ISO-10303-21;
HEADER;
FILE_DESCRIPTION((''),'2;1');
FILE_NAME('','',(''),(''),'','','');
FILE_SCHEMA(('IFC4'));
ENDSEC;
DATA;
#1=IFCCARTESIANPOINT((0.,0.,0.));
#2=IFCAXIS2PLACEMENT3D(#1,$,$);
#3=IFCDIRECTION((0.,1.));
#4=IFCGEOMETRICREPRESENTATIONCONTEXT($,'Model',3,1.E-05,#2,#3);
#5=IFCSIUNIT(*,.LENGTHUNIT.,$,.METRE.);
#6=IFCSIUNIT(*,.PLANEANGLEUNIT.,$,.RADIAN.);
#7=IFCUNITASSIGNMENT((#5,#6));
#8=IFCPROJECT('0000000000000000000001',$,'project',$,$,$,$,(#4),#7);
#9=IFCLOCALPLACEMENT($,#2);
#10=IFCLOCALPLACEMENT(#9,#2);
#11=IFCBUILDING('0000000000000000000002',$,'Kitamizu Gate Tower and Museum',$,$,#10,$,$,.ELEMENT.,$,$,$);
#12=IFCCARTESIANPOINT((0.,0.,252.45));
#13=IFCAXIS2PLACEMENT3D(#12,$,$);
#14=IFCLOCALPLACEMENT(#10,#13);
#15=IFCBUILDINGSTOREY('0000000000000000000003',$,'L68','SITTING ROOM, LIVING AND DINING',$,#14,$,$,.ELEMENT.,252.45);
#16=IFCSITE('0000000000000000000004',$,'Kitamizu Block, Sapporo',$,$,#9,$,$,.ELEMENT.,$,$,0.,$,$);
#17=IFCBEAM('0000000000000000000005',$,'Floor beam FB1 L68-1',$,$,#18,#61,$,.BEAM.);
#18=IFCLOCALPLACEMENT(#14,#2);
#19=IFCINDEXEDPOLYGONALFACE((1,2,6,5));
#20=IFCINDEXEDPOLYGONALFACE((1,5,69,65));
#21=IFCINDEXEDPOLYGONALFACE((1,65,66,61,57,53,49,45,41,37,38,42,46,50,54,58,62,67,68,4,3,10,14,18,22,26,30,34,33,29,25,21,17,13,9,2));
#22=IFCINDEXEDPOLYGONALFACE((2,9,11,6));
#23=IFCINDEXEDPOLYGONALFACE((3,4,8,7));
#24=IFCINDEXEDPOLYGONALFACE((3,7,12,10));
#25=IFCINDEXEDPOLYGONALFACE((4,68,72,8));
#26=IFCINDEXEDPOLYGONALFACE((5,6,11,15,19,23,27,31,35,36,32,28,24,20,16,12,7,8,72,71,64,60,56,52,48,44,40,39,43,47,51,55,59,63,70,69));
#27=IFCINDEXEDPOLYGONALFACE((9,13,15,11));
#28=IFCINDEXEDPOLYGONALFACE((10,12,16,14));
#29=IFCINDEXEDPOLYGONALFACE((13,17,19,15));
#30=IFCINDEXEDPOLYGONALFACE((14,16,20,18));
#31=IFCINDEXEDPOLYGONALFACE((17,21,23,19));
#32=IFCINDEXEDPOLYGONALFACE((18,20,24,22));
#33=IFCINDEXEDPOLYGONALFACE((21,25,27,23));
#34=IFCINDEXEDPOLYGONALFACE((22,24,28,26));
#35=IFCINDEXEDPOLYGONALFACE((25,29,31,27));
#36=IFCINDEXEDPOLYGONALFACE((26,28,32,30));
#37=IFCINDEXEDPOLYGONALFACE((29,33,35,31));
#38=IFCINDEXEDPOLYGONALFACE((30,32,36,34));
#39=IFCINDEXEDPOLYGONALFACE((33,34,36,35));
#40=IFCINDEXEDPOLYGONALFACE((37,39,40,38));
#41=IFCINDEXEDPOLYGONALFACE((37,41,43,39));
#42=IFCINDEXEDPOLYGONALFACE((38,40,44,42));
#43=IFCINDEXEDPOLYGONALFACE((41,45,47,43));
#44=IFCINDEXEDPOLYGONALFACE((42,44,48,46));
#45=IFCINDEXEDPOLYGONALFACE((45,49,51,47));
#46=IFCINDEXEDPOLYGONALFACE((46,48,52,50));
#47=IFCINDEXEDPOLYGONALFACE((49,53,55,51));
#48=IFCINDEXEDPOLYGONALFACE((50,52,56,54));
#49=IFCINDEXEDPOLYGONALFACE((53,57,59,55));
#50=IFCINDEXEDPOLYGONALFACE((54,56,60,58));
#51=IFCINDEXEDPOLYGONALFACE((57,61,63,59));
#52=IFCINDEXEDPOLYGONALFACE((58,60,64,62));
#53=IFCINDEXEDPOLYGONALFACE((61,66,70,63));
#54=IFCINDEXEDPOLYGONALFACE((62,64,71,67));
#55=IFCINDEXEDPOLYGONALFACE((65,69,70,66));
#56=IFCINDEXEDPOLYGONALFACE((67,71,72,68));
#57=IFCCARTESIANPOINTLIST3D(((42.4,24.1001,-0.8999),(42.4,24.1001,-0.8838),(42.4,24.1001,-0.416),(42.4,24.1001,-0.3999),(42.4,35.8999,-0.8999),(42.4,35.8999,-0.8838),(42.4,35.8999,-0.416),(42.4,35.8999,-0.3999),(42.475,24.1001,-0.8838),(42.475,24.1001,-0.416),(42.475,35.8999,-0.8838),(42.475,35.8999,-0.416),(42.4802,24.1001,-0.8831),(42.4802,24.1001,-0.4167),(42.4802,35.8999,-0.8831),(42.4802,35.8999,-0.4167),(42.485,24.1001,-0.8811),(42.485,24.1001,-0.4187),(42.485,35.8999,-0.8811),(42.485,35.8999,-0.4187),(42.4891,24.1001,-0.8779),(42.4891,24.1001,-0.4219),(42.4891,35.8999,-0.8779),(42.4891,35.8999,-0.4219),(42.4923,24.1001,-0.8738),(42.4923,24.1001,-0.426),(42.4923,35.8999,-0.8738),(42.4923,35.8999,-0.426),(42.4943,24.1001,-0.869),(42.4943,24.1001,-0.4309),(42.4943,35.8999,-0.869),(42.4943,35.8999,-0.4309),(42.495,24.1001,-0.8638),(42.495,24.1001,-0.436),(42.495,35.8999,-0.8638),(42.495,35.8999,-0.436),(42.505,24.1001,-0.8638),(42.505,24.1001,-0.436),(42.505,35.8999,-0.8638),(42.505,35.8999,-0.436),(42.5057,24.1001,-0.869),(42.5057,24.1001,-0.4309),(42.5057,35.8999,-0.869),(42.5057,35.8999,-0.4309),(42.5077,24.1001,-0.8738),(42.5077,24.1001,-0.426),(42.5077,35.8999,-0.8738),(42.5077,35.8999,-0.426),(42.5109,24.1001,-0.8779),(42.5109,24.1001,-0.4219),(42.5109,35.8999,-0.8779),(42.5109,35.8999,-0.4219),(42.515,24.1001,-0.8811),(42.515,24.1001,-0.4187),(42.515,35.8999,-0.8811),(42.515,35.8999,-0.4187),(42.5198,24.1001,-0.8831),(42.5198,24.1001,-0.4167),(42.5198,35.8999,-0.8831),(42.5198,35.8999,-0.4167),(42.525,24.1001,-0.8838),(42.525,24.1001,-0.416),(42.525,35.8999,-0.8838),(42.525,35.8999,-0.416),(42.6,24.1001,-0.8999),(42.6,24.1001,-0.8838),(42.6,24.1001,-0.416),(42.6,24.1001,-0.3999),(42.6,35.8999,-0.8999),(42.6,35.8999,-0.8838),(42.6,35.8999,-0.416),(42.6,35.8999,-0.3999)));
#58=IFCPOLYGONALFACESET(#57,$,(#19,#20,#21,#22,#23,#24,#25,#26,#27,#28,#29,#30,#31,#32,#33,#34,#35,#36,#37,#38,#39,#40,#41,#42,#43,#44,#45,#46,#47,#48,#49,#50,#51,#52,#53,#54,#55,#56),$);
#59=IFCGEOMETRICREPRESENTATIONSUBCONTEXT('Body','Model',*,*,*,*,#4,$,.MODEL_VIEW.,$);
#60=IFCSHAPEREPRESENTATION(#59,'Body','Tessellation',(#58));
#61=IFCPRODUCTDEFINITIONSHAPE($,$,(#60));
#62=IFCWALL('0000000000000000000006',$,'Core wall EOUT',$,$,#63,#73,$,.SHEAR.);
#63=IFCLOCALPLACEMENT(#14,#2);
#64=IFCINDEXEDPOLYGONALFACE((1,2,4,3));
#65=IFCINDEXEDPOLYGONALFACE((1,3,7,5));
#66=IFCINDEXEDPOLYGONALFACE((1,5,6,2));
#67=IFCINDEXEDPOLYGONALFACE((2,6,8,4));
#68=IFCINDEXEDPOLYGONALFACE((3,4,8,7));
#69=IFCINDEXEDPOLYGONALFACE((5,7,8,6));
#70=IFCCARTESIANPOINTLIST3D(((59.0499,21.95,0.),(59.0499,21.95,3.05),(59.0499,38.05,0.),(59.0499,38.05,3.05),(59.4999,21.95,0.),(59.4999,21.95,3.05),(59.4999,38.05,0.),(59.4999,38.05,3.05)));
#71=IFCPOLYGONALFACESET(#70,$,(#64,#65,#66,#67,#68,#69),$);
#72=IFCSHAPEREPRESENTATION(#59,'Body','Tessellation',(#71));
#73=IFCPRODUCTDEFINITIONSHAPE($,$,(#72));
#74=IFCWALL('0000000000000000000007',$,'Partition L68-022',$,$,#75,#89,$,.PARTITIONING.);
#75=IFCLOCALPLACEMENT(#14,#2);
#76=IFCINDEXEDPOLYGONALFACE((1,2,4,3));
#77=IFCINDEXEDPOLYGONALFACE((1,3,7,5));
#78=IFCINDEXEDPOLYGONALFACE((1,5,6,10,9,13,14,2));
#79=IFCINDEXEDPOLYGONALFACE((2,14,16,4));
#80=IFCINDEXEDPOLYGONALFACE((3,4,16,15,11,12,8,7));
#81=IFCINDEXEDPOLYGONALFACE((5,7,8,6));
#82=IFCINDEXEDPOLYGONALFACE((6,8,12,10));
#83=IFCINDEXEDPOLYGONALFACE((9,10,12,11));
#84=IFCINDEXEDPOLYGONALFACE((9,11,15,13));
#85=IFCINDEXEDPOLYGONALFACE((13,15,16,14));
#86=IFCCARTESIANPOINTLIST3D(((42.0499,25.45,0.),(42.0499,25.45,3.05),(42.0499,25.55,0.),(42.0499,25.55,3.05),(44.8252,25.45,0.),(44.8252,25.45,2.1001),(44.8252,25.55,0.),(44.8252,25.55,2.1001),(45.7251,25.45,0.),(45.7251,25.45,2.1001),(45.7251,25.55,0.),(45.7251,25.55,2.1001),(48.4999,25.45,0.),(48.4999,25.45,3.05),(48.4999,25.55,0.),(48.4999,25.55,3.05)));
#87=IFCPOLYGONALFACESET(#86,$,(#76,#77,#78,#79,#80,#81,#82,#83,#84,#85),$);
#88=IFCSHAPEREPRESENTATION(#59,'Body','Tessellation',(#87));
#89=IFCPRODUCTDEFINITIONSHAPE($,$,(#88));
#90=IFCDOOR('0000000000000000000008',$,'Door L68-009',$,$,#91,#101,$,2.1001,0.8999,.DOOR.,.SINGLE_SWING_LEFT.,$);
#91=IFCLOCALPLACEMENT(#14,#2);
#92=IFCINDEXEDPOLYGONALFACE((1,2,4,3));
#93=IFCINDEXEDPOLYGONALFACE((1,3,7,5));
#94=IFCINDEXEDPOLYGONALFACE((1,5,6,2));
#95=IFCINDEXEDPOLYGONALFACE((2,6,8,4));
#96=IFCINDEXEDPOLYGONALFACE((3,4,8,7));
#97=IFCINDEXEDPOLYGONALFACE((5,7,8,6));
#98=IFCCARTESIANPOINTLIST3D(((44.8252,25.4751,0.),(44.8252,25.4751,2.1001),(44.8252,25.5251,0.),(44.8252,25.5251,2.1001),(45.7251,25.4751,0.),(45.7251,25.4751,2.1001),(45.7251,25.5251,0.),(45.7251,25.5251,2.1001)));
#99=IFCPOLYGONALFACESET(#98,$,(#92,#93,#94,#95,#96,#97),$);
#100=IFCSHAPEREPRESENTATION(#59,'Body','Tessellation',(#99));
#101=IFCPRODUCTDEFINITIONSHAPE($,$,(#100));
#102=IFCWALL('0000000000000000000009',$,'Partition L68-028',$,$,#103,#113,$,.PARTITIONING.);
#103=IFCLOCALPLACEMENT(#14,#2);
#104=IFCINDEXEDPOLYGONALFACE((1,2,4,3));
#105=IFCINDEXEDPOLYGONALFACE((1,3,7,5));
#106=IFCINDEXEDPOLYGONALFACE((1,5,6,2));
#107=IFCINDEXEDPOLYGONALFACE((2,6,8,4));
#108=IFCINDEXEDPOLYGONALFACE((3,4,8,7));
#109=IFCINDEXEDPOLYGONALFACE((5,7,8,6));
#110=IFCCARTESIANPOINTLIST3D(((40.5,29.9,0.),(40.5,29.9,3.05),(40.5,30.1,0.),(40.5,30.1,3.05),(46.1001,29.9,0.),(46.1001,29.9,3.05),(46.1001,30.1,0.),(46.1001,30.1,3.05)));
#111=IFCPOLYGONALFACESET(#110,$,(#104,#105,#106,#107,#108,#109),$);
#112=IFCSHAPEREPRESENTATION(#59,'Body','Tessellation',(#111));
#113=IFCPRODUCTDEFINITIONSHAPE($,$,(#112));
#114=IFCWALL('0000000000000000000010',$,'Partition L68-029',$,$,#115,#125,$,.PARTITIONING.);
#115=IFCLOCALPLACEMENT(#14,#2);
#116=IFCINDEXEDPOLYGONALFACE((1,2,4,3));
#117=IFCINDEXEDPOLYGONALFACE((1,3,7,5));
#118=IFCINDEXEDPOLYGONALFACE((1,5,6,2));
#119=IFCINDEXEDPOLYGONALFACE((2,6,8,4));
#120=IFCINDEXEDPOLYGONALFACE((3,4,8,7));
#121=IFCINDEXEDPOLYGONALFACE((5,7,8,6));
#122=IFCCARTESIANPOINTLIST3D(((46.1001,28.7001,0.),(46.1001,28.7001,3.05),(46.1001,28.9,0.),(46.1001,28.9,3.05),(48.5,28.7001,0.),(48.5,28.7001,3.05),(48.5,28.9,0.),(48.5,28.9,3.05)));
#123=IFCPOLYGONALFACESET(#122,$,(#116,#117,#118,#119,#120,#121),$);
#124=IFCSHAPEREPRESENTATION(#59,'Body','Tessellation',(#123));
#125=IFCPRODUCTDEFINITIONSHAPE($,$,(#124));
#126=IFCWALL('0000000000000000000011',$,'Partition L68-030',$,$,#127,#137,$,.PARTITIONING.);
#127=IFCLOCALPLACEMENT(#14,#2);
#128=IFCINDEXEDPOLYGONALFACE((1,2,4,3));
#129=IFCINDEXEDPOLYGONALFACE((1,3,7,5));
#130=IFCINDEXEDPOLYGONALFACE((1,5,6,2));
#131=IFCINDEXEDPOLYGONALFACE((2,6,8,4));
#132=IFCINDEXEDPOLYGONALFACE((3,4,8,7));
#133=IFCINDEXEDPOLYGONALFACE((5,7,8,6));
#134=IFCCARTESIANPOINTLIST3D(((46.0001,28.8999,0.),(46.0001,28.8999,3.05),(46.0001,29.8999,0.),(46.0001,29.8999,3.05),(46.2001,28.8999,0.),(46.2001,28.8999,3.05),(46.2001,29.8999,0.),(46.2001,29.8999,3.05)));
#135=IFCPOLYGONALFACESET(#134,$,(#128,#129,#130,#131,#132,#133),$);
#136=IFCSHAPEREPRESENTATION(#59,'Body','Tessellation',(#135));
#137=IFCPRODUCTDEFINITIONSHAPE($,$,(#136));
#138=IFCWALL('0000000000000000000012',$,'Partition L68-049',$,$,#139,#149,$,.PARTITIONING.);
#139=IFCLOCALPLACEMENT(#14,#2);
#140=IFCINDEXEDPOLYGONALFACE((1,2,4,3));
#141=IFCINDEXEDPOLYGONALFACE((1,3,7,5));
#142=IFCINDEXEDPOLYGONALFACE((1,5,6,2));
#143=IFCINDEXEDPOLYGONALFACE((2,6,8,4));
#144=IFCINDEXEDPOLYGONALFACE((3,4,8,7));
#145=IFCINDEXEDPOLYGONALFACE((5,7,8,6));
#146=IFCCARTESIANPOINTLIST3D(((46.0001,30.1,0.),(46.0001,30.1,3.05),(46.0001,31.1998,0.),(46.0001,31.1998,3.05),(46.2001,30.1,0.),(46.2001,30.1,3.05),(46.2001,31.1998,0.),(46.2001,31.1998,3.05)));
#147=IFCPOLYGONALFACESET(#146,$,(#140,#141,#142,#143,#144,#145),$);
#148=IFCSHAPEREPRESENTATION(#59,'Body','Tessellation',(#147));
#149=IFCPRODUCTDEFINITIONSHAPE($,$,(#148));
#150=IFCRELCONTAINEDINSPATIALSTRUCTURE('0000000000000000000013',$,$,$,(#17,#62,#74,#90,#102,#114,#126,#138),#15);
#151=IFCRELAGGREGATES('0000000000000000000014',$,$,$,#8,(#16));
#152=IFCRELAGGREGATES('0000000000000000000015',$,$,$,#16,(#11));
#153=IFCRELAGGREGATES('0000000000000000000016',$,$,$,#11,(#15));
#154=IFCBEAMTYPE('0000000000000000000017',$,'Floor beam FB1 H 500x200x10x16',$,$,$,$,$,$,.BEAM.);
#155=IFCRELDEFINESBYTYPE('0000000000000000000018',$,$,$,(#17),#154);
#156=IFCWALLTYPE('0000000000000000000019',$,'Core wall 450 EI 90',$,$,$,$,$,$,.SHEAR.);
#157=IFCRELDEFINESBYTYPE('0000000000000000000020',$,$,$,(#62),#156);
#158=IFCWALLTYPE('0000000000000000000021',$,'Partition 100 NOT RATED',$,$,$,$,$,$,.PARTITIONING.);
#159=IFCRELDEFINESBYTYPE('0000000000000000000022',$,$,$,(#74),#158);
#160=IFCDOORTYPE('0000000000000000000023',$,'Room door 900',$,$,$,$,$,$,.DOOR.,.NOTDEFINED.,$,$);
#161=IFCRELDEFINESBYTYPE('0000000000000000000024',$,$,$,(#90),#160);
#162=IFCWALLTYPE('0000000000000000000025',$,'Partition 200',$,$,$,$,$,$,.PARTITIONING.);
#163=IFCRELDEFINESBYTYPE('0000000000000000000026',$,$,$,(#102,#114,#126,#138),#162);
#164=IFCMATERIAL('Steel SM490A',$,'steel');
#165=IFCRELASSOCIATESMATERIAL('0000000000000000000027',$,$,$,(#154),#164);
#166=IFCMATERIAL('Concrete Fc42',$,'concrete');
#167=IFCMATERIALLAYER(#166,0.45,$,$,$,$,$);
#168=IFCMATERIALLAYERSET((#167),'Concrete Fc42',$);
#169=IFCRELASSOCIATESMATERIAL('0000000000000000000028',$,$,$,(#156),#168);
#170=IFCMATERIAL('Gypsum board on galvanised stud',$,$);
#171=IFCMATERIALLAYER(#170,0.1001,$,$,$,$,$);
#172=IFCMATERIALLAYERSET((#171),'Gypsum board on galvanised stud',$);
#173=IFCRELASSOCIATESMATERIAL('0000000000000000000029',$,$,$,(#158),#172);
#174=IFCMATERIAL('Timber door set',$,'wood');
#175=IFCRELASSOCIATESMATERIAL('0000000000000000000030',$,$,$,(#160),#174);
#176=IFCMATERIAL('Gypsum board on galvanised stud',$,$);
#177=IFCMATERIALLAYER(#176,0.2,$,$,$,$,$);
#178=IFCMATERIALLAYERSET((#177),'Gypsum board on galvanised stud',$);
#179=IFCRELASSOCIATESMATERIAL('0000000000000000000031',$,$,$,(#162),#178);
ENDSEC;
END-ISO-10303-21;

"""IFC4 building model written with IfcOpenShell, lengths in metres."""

from ifc_helpers import new_model, si_unit, direction, frame, frame_2d, origin, origin_2d, place, context, subcontext, project, spatial, rectangle, i_section, extrude, material, layer, layer_set, material_profile, profile_set, type_object, element, fill, save


model = new_model("IFC4")

# Units and contexts
model_context = context("Model", 3, precision=1e-05, world=origin(), true_north=direction((0.0, 1.0)))
body_context = subcontext(model_context, "Body", "Model", "MODEL_VIEW")
ifc_project = project(units=[si_unit("LENGTHUNIT", "METRE"), si_unit("PLANEANGLEUNIT", "RADIAN")], contexts=[model_context])

# Site, building, storey
site_placement = place(None, origin())
site = spatial("IfcSite", under=ifc_project, at=site_placement, Name="Kitamizu Block, Sapporo", CompositionType="ELEMENT", RefElevation=0.0)
building_placement = place(site_placement, origin())
building = spatial("IfcBuilding", under=site, at=building_placement, Name="Kitamizu Gate Tower and Museum", CompositionType="ELEMENT")
storey_placement = place(building_placement, frame((0.0, 0.0, 252.45)))
storey = spatial("IfcBuildingStorey", under=building, at=storey_placement, Name="L68", Description="SITTING ROOM, LIVING AND DINING", CompositionType="ELEMENT", Elevation=252.45)

# Beam
ifc_material_1 = material(Name="Steel SM490A", Category="steel")
ifc_material_profile = material_profile(ifc_material_1, i_section(OverallWidth=0.2, OverallDepth=0.5, WebThickness=0.01, FlangeThickness=0.0161, FilletRadius=0.02, at=origin_2d()), Name="H-500x200x10x16")
ifc_profile_set = profile_set([ifc_material_profile], Name="Steel SM490A")
beam_type = type_object("IfcBeamType", Name="Floor beam FB1 H 500x200x10x16", PredefinedType="BEAM", material=ifc_profile_set)
beam_placement = place(storey_placement, frame((42.5, 24.1001, -0.6499), z_axis=(0.0, 1.0, 0.0), x_axis=(-1.0, 0.0, 0.0)))
element("IfcBeam", 1, at=beam_placement, inside=storey, type_object=beam_type, Name="Floor beam FB1 L68-1", PredefinedType="BEAM", context=body_context, shape_type="SweptSolid", body=[
    extrude(i_section(OverallWidth=0.2, OverallDepth=0.5, WebThickness=0.01, FlangeThickness=0.0161, FilletRadius=0.02, at=origin_2d()), origin(), (0.0, 0.0, 1.0), 11.7998),
])

# Wall
ifc_material_2 = material(Name="Concrete Fc42", Category="concrete")
ifc_layer_1 = layer(ifc_material_2, 0.45)
ifc_layer_set_1 = layer_set([ifc_layer_1], Name="Concrete Fc42")
wall_type_1 = type_object("IfcWallType", Name="Core wall 450 EI 90", PredefinedType="SHEAR", material=ifc_layer_set_1)
wall_1_placement = place(storey_placement, frame((59.2749, 21.95, 0.0), z_axis=(0.0, 0.0, 1.0), x_axis=(0.0, 1.0, 0.0)))
element("IfcWall", 2, at=wall_1_placement, inside=storey, type_object=wall_type_1, Name="Core wall EOUT", PredefinedType="SHEAR", context=body_context, shape_type="SweptSolid", body=[
    extrude(rectangle(XDim=16.1001, YDim=0.45, at=frame_2d((8.05, 0.0))), origin(), (0.0, 0.0, 1.0), 3.05),
])

# Wall, opening, door
ifc_material_3 = material(Name="Gypsum board on galvanised stud")
ifc_layer_2 = layer(ifc_material_3, 0.1001)
ifc_layer_set_2 = layer_set([ifc_layer_2], Name="Gypsum board on galvanised stud")
wall_type_2 = type_object("IfcWallType", Name="Partition 100 NOT RATED", PredefinedType="PARTITIONING", material=ifc_layer_set_2)
wall_2_placement = place(storey_placement, frame((48.5, 25.5, 0.0), z_axis=(0.0, 0.0, 1.0), x_axis=(-1.0, 0.0, 0.0)))
wall_2 = element("IfcWall", 3, at=wall_2_placement, inside=storey, type_object=wall_type_2, Name="Partition L68-022", PredefinedType="PARTITIONING", context=body_context, shape_type="SweptSolid", body=[
    extrude(rectangle(XDim=6.45, YDim=0.1001, at=frame_2d((3.2251, 0.0))), origin(), (0.0, 0.0, 1.0), 3.05),
])
opening_1_placement = place(wall_2_placement, frame((2.7749, 0.0, 0.0)))
opening_1 = element("IfcOpeningElement", 4, at=opening_1_placement, cuts=wall_2, PredefinedType="OPENING", context=body_context, shape_type="SweptSolid", body=[
    extrude(rectangle(XDim=0.8999, YDim=2.1001, at=frame_2d((0.45, 1.05))), frame((0.0, 0.0601, 0.0), z_axis=(0.0, -1.0, 0.0), x_axis=(1.0, 0.0, 0.0)), (0.0, 0.0, 1.0), 0.1201),
])
ifc_material_4 = material(Name="Timber door set", Category="wood")
door_type_1 = type_object("IfcDoorType", Name="Room door 900", OperationType="NOTDEFINED", PredefinedType="DOOR", material=ifc_material_4)
door_1_placement = place(opening_1_placement, origin())
door_1 = element("IfcDoor", 5, at=door_1_placement, inside=storey, type_object=door_type_1, Name="Door L68-009", OperationType="SINGLE_SWING_LEFT", OverallHeight=2.1001, OverallWidth=0.8999, PredefinedType="DOOR", context=body_context, shape_type="SweptSolid", body=[
    extrude(rectangle(XDim=0.8999, YDim=2.1001, at=frame_2d((0.45, 1.05))), frame((0.0, 0.0249, 0.0), z_axis=(0.0, -1.0, 0.0), x_axis=(1.0, 0.0, 0.0)), (0.0, 0.0, 1.0), 0.05),
])
fill(opening_1, door_1)

# Walls
ifc_material_5 = material(Name="Gypsum board on galvanised stud")
ifc_layer_3 = layer(ifc_material_5, 0.2)
ifc_layer_set_3 = layer_set([ifc_layer_3], Name="Gypsum board on galvanised stud")
wall_type_3 = type_object("IfcWallType", Name="Partition 200", PredefinedType="PARTITIONING", material=ifc_layer_set_3)
wall_3_placement = place(storey_placement, frame((46.1001, 30.0, 0.0), z_axis=(0.0, 0.0, 1.0), x_axis=(-1.0, 0.0, 0.0)))
element("IfcWall", 6, at=wall_3_placement, inside=storey, type_object=wall_type_3, Name="Partition L68-028", PredefinedType="PARTITIONING", context=body_context, shape_type="SweptSolid", body=[
    extrude(rectangle(XDim=5.6001, YDim=0.2, at=frame_2d((2.8, 0.0))), origin(), (0.0, 0.0, 1.0), 3.05),
])
wall_4_placement = place(storey_placement, frame((48.5, 28.8, 0.0), z_axis=(0.0, 0.0, 1.0), x_axis=(-1.0, 0.0, 0.0)))
element("IfcWall", 7, at=wall_4_placement, inside=storey, type_object=wall_type_3, Name="Partition L68-029", PredefinedType="PARTITIONING", context=body_context, shape_type="SweptSolid", body=[
    extrude(rectangle(XDim=2.3999, YDim=0.2, at=frame_2d((1.2, 0.0))), origin(), (0.0, 0.0, 1.0), 3.05),
])
wall_5_placement = place(storey_placement, frame((46.1001, 28.8999, 0.0), z_axis=(0.0, 0.0, 1.0), x_axis=(0.0, 1.0, 0.0)))
element("IfcWall", 8, at=wall_5_placement, inside=storey, type_object=wall_type_3, Name="Partition L68-030", PredefinedType="PARTITIONING", context=body_context, shape_type="SweptSolid", body=[
    extrude(rectangle(XDim=1.0, YDim=0.2, at=frame_2d((0.5, 0.0))), origin(), (0.0, 0.0, 1.0), 3.05),
])
wall_6_placement = place(storey_placement, frame((46.1001, 30.1001, 0.0), z_axis=(0.0, 0.0, 1.0), x_axis=(0.0, 1.0, 0.0)))
element("IfcWall", 9, at=wall_6_placement, inside=storey, type_object=wall_type_3, Name="Partition L68-049", PredefinedType="PARTITIONING", context=body_context, shape_type="SweptSolid", body=[
    extrude(rectangle(XDim=1.0999, YDim=0.2, at=frame_2d((0.5498, 0.0))), origin(), (0.0, 0.0, 1.0), 3.05),
])

save(model, "model.ifc")
